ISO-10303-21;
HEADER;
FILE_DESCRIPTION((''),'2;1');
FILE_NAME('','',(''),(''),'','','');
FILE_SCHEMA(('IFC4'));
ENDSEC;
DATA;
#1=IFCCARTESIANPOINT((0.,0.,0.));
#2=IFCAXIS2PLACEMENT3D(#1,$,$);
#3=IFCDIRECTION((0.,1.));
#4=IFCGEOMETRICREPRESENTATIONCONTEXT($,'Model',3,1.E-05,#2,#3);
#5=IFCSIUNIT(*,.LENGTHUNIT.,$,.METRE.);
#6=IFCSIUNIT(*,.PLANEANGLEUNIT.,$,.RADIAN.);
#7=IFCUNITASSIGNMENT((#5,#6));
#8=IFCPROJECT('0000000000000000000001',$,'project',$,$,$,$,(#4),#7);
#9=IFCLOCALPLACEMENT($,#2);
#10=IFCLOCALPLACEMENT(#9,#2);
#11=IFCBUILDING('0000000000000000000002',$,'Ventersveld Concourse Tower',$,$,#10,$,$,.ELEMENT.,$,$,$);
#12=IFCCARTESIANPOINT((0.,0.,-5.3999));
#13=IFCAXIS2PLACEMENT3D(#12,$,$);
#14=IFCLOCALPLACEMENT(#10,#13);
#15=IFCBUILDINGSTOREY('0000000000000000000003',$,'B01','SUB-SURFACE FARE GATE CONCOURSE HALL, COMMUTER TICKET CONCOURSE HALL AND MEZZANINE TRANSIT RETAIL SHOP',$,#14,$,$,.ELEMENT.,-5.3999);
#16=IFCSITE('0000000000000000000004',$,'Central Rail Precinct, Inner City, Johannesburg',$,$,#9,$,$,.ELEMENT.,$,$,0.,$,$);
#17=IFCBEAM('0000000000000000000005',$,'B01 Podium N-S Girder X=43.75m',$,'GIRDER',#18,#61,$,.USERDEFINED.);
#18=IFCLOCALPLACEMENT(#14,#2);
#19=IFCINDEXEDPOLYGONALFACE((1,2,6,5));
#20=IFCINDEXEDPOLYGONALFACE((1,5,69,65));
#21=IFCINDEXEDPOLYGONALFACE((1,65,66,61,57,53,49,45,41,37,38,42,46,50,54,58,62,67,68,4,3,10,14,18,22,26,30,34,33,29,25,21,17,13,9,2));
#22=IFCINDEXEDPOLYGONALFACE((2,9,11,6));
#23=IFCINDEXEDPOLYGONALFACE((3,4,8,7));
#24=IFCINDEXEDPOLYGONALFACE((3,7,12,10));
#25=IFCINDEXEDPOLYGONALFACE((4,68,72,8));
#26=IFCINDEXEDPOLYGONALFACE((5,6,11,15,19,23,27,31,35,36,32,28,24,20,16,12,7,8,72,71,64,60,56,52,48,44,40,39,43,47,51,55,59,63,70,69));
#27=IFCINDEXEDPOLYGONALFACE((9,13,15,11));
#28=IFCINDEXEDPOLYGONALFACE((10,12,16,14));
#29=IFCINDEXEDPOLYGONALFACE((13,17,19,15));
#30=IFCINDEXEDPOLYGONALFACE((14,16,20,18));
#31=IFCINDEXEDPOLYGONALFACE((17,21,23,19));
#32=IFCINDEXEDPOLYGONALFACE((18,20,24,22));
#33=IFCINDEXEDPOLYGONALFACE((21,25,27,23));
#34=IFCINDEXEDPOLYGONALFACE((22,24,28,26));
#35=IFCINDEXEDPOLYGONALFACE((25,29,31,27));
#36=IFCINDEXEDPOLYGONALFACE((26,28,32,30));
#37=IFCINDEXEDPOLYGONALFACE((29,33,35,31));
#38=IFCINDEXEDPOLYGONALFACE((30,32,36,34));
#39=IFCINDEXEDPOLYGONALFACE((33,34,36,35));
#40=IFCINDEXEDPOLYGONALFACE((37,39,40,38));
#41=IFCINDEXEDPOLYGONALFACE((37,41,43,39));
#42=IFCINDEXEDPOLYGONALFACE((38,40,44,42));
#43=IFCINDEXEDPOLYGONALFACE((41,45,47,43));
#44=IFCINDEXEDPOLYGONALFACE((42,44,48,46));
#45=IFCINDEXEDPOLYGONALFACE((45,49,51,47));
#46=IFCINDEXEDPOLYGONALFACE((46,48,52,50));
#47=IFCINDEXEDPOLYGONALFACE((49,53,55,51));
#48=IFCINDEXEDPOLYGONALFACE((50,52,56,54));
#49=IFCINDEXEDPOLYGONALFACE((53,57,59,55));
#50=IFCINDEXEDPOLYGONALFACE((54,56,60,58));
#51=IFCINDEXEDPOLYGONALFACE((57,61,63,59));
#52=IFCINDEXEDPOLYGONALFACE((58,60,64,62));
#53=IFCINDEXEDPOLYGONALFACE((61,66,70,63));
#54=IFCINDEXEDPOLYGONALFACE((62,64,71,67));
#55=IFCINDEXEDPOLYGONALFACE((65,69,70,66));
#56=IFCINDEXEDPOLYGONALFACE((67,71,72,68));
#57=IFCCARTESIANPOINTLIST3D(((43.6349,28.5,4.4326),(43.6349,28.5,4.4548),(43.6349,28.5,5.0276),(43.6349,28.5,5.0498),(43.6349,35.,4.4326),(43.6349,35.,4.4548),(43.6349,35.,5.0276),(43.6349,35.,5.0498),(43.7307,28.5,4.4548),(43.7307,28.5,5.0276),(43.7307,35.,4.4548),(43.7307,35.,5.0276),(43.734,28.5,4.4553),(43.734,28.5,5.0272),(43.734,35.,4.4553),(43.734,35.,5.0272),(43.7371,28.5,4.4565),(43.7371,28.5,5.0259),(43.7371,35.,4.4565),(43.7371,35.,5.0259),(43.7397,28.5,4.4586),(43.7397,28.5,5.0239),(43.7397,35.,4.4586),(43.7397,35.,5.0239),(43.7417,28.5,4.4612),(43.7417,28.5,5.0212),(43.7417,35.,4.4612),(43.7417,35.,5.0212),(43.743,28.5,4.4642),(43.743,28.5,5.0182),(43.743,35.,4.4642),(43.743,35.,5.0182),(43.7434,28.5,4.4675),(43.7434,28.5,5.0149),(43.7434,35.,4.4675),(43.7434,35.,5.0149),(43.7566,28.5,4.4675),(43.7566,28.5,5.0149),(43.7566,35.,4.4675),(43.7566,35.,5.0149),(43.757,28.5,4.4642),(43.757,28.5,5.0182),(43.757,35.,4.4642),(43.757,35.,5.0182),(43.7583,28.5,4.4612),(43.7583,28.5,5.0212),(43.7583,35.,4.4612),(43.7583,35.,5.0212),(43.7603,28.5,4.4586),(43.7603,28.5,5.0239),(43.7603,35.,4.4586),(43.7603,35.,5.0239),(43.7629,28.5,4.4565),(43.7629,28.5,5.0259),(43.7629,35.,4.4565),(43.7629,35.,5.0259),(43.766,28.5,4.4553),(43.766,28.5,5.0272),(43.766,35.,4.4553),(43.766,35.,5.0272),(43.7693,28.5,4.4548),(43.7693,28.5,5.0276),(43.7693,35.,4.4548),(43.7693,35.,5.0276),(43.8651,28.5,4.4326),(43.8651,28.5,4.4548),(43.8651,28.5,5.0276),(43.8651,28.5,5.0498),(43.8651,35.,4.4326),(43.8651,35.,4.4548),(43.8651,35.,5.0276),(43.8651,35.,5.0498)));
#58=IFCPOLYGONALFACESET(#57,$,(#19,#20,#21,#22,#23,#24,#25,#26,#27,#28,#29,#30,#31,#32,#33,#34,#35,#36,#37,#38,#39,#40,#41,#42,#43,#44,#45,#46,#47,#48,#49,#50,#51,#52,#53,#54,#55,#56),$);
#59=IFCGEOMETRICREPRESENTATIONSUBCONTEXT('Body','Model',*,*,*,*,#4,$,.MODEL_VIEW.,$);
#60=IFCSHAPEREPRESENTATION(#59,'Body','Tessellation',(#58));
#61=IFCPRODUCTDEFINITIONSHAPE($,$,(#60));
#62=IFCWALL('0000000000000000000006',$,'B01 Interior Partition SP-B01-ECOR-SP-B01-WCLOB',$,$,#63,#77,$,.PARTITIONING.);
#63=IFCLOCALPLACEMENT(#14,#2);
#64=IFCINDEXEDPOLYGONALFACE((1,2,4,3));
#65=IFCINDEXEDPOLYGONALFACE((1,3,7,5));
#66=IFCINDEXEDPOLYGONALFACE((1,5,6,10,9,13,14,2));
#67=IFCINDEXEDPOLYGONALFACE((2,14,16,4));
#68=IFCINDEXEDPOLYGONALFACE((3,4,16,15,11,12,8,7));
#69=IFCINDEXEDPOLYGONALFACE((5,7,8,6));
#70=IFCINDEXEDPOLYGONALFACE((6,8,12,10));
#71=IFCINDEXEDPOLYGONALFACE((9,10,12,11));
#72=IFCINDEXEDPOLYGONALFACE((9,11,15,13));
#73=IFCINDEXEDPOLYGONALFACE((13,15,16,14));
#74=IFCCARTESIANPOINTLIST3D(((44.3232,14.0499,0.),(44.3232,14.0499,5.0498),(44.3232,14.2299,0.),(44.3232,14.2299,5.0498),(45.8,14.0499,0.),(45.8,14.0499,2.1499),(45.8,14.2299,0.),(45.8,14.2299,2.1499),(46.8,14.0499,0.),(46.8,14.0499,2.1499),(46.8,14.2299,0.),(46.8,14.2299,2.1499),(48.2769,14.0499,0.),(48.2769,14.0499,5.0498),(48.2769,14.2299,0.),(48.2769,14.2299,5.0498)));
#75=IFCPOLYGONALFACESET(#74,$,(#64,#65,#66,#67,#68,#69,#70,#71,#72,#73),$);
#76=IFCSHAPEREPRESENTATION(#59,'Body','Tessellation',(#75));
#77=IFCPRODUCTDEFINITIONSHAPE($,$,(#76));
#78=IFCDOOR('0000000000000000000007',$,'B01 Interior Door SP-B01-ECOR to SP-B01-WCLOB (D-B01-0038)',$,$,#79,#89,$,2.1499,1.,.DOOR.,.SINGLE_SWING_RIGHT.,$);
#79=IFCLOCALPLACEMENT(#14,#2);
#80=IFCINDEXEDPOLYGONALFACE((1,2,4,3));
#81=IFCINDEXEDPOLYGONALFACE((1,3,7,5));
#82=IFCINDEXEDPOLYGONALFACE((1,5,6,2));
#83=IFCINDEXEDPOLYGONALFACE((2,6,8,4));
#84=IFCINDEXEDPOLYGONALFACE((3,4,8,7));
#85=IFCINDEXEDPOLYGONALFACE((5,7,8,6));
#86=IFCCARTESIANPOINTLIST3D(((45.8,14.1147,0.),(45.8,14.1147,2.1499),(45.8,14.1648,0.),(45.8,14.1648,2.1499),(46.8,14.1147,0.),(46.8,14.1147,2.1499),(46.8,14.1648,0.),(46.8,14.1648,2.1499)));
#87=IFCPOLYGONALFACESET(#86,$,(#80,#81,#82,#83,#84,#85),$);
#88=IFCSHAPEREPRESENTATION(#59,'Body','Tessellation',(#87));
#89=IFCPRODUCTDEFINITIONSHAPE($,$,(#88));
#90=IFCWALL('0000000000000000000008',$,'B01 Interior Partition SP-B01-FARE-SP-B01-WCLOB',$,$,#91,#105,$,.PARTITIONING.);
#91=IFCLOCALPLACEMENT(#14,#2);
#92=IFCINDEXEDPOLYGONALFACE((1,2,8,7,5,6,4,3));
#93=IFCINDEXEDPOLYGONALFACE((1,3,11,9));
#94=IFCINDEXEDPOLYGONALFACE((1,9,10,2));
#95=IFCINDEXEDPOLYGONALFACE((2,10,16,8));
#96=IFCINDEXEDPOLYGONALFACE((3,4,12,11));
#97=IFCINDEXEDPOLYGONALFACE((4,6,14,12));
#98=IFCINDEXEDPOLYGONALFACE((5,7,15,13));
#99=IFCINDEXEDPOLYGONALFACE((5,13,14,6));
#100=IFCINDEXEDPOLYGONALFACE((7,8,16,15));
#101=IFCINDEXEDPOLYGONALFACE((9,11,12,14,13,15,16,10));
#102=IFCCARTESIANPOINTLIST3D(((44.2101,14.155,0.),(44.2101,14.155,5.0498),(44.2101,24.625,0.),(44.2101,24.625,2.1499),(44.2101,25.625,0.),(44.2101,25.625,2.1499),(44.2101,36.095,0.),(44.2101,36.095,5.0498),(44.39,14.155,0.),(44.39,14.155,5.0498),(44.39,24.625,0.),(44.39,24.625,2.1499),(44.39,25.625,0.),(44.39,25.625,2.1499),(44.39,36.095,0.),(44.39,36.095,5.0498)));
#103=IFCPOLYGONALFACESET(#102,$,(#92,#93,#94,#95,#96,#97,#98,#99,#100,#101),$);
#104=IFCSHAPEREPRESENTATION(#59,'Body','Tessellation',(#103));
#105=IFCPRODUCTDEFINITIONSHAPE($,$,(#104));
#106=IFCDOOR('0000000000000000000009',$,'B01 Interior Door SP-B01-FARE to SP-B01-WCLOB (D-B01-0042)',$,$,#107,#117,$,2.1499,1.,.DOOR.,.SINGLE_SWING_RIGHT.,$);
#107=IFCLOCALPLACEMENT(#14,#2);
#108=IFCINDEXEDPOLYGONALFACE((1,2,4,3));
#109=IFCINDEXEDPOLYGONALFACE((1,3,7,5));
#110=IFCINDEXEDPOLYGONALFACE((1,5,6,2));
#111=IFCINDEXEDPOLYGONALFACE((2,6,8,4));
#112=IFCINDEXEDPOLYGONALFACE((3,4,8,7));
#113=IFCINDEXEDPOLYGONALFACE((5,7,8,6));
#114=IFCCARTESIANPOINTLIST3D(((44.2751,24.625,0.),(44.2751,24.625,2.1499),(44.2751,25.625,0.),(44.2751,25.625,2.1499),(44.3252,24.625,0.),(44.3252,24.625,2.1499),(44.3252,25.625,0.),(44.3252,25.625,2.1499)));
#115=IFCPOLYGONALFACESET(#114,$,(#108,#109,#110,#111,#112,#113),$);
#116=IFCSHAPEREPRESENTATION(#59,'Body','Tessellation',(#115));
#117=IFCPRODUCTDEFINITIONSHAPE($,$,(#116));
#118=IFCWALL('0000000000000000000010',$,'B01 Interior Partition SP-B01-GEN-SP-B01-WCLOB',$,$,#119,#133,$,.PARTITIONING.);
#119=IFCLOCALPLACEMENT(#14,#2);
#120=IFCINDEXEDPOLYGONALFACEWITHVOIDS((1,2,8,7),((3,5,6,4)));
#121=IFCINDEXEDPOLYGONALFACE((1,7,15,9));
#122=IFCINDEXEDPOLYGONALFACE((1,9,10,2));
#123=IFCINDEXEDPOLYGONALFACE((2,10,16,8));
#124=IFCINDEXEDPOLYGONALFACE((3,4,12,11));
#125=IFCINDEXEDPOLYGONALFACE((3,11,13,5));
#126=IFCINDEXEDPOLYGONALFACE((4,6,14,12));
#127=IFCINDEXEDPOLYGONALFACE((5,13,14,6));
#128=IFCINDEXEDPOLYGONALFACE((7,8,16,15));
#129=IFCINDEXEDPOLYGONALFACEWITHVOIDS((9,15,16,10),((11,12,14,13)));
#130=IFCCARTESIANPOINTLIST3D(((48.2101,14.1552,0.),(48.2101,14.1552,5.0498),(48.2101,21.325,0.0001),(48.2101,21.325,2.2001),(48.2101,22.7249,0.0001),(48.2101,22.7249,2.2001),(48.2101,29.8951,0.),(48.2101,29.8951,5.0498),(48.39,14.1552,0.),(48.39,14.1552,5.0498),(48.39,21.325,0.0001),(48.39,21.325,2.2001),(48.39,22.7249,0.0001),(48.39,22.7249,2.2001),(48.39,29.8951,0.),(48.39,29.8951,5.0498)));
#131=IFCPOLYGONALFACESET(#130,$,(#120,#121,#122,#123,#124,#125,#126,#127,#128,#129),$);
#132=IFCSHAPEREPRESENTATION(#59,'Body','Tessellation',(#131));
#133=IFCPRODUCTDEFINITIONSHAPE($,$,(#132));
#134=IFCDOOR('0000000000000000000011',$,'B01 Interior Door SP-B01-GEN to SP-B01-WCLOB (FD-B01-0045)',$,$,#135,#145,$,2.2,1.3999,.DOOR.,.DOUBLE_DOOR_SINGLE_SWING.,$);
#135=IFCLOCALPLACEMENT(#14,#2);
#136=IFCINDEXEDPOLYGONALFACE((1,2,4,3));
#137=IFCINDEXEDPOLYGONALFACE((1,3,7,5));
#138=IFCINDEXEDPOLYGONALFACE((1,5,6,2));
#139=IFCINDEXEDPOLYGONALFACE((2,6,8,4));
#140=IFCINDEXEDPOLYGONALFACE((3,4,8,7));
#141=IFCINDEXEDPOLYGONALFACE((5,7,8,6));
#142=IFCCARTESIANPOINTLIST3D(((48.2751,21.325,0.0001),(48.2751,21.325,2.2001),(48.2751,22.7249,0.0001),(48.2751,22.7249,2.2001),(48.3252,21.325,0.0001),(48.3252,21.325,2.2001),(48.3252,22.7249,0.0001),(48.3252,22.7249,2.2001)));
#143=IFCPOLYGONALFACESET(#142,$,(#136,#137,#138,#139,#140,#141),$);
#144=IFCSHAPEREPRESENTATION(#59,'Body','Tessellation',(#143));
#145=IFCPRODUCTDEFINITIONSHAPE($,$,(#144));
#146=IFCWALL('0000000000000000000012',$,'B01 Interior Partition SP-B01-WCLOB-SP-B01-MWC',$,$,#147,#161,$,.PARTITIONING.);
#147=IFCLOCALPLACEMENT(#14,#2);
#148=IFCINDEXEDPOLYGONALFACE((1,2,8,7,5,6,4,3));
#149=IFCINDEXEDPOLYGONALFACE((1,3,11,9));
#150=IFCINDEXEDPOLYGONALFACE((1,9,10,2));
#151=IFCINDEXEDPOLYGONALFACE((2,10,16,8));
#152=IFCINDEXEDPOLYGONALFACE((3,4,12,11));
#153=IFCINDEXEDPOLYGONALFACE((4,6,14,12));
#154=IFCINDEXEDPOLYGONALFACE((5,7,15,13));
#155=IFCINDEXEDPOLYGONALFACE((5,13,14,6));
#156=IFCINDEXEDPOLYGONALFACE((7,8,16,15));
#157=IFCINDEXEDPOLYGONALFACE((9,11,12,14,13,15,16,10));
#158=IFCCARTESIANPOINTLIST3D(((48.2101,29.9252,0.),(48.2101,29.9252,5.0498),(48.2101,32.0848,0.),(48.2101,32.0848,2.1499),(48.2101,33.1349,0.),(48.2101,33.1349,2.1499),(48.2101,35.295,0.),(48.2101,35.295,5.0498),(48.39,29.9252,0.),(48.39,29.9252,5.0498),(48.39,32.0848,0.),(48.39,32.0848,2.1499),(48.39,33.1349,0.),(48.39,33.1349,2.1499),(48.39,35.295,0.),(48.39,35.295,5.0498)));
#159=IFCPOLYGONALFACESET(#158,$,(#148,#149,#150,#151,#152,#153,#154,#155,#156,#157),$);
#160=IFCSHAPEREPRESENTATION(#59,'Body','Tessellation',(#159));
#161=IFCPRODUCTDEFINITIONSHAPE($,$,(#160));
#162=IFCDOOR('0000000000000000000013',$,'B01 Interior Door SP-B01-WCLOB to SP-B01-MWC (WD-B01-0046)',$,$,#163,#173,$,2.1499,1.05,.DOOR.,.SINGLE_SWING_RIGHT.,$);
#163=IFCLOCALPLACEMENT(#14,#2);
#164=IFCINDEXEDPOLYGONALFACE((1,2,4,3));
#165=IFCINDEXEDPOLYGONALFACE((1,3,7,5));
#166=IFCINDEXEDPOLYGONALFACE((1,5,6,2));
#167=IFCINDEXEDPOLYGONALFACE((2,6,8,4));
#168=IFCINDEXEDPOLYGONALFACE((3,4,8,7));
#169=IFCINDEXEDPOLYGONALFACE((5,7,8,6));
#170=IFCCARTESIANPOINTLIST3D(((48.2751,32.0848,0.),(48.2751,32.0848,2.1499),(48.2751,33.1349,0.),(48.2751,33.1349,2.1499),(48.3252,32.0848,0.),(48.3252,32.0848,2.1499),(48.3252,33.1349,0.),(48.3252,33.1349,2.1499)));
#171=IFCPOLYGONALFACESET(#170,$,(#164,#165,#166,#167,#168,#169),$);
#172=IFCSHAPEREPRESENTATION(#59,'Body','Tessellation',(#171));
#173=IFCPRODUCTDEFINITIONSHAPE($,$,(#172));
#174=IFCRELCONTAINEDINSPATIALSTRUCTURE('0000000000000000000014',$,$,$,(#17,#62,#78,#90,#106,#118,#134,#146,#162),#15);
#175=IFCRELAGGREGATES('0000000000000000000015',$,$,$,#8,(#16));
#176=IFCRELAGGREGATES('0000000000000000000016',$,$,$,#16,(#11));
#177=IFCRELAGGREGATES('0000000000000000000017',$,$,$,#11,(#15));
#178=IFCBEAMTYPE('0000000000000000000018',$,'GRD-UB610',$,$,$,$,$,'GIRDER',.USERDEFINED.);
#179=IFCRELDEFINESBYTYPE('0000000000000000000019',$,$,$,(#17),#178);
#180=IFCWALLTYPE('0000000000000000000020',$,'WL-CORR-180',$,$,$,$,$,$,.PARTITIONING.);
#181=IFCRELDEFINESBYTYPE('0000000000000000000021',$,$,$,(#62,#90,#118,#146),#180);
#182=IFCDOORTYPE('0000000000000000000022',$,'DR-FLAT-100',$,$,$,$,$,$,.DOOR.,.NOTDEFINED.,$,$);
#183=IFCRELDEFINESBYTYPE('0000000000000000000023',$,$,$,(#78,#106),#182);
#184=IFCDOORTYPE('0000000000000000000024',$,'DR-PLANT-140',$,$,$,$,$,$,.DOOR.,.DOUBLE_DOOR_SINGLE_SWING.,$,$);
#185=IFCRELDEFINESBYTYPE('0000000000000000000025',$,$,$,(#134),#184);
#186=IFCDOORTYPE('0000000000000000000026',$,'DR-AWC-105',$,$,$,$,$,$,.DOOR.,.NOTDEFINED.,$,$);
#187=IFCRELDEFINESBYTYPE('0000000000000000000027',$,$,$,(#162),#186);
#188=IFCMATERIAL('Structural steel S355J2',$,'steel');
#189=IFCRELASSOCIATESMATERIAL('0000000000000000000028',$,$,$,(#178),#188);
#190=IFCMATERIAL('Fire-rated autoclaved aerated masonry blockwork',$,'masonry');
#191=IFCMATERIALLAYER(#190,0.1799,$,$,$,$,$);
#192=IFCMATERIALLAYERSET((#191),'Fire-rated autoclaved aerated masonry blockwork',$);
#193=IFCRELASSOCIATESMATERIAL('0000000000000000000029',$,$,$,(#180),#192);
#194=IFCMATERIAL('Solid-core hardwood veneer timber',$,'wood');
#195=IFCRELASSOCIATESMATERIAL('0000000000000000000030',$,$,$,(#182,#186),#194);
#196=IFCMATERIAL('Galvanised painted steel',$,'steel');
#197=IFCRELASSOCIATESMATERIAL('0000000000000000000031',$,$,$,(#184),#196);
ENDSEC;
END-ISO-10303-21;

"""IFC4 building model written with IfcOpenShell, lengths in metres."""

from ifc_helpers import new_model, si_unit, direction, frame, frame_2d, origin, origin_2d, place, context, subcontext, project, spatial, rectangle, i_section, extrude, material, layer, layer_set, material_profile, profile_set, type_object, element, fill, save


model = new_model("IFC4")

# Units and contexts
model_context = context("Model", 3, precision=1e-05, world=origin(), true_north=direction((0.0, 1.0)))
body_context = subcontext(model_context, "Body", "Model", "MODEL_VIEW")
ifc_project = project(units=[si_unit("LENGTHUNIT", "METRE"), si_unit("PLANEANGLEUNIT", "RADIAN")], contexts=[model_context])

# Site, building, storey
site_placement = place(None, origin())
site = spatial("IfcSite", under=ifc_project, at=site_placement, Name="Central Rail Precinct, Inner City, Johannesburg", CompositionType="ELEMENT", RefElevation=0.0)
building_placement = place(site_placement, origin())
building = spatial("IfcBuilding", under=site, at=building_placement, Name="Ventersveld Concourse Tower", CompositionType="ELEMENT")
storey_placement = place(building_placement, frame((0.0, 0.0, -5.3999)))
storey = spatial("IfcBuildingStorey", under=building, at=storey_placement, Name="B01", Description="SUB-SURFACE FARE GATE CONCOURSE HALL, COMMUTER TICKET CONCOURSE HALL AND MEZZANINE TRANSIT RETAIL SHOP", CompositionType="ELEMENT", Elevation=-5.3999)

# Beam
ifc_material_1 = material(Name="Structural steel S355J2", Category="steel")
ifc_material_profile_1 = material_profile(ifc_material_1, i_section(OverallWidth=0.2302, OverallDepth=0.6172, WebThickness=0.0132, FlangeThickness=0.0222, FilletRadius=0.0127, at=origin_2d()), Name="UB 610x229x140")
ifc_profile_set_1 = profile_set([ifc_material_profile_1], Name="Structural steel S355J2")
beam_type_1 = type_object("IfcBeamType", Name="GRD-UB610", ElementType="GIRDER", PredefinedType="USERDEFINED", material=ifc_profile_set_1)
beam_1_placement = place(storey_placement, frame((43.75, 28.5, 4.7412), z_axis=(0.0, 1.0, 0.0), x_axis=(-1.0, 0.0, 0.0)))
element("IfcBeam", 1, at=beam_1_placement, inside=storey, type_object=beam_type_1, Name="B01 Podium N-S Girder X=43.75m", ObjectType="GIRDER", PredefinedType="USERDEFINED", context=body_context, shape_type="SweptSolid", body=[
    extrude(i_section(OverallWidth=0.2302, OverallDepth=0.6172, WebThickness=0.0132, FlangeThickness=0.0222, FilletRadius=0.0127, at=origin_2d()), origin(), (0.0, 0.0, 1.0), 6.5),
])

# Walls, openings, doors
ifc_material_2 = material(Name="Fire-rated autoclaved aerated masonry blockwork", Category="masonry")
ifc_layer = layer(ifc_material_2, 0.1799)
ifc_layer_set = layer_set([ifc_layer], Name="Fire-rated autoclaved aerated masonry blockwork")
wall_type = type_object("IfcWallType", Name="WL-CORR-180", PredefinedType="PARTITIONING", material=ifc_layer_set)
wall_1_placement = place(storey_placement, frame((44.3232, 14.1399, 0.0), z_axis=(0.0, 0.0, 1.0), x_axis=(1.0, 0.0, 0.0)))
wall_1 = element("IfcWall", 2, at=wall_1_placement, inside=storey, type_object=wall_type, Name="B01 Interior Partition SP-B01-ECOR-SP-B01-WCLOB", PredefinedType="PARTITIONING", context=body_context, shape_type="SweptSolid", body=[
    extrude(rectangle(XDim=3.9536, YDim=0.1799, at=frame_2d((1.9768, 0.0))), origin(), (0.0, 0.0, 1.0), 5.0498),
])
opening_1_placement = place(wall_1_placement, frame((1.4768, 0.0, 0.0)))
opening_1 = element("IfcOpeningElement", 3, at=opening_1_placement, cuts=wall_1, PredefinedType="OPENING", context=body_context, shape_type="SweptSolid", body=[
    extrude(rectangle(XDim=1.0, YDim=2.1499, at=frame_2d((0.5, 1.075))), frame((0.0, 0.1001, 0.0), z_axis=(0.0, -1.0, 0.0), x_axis=(1.0, 0.0, 0.0)), (0.0, 0.0, 1.0), 0.2),
])
ifc_material_3 = material(Name="Solid-core hardwood veneer timber", Category="wood")
door_type_1 = type_object("IfcDoorType", Name="DR-FLAT-100", OperationType="NOTDEFINED", PredefinedType="DOOR", material=ifc_material_3)
door_1_placement = place(opening_1_placement, origin())
door_1 = element("IfcDoor", 4, at=door_1_placement, inside=storey, type_object=door_type_1, Name="B01 Interior Door SP-B01-ECOR to SP-B01-WCLOB (D-B01-0038)", OperationType="SINGLE_SWING_RIGHT", OverallHeight=2.1499, OverallWidth=1.0, PredefinedType="DOOR", context=body_context, shape_type="SweptSolid", body=[
    extrude(rectangle(XDim=1.0, YDim=2.1499, at=frame_2d((0.5, 1.075))), frame((0.0, 0.0249, 0.0), z_axis=(0.0, -1.0, 0.0), x_axis=(1.0, 0.0, 0.0)), (0.0, 0.0, 1.0), 0.05),
])
fill(opening_1, door_1)
wall_2_placement = place(storey_placement, frame((44.3, 14.155, 0.0), z_axis=(0.0, 0.0, 1.0), x_axis=(0.0, 1.0, 0.0)))
wall_2 = element("IfcWall", 5, at=wall_2_placement, inside=storey, type_object=wall_type, Name="B01 Interior Partition SP-B01-FARE-SP-B01-WCLOB", PredefinedType="PARTITIONING", context=body_context, shape_type="SweptSolid", body=[
    extrude(rectangle(XDim=21.9399, YDim=0.1799, at=frame_2d((10.97, 0.0))), origin(), (0.0, 0.0, 1.0), 5.0498),
])
opening_2_placement = place(wall_2_placement, frame((10.47, 0.0, 0.0)))
opening_2 = element("IfcOpeningElement", 6, at=opening_2_placement, cuts=wall_2, PredefinedType="OPENING", context=body_context, shape_type="SweptSolid", body=[
    extrude(rectangle(XDim=1.0, YDim=2.1499, at=frame_2d((0.5, 1.075))), frame((0.0, 0.1001, 0.0), z_axis=(0.0, -1.0, 0.0), x_axis=(1.0, 0.0, 0.0)), (0.0, 0.0, 1.0), 0.2),
])
door_2_placement = place(opening_2_placement, origin())
door_2 = element("IfcDoor", 7, at=door_2_placement, inside=storey, type_object=door_type_1, Name="B01 Interior Door SP-B01-FARE to SP-B01-WCLOB (D-B01-0042)", OperationType="SINGLE_SWING_RIGHT", OverallHeight=2.1499, OverallWidth=1.0, PredefinedType="DOOR", context=body_context, shape_type="SweptSolid", body=[
    extrude(rectangle(XDim=1.0, YDim=2.1499, at=frame_2d((0.5, 1.075))), frame((0.0, 0.0249, 0.0), z_axis=(0.0, -1.0, 0.0), x_axis=(1.0, 0.0, 0.0)), (0.0, 0.0, 1.0), 0.05),
])
fill(opening_2, door_2)
wall_3_placement = place(storey_placement, frame((48.3, 14.155, 0.0), z_axis=(0.0, 0.0, 1.0), x_axis=(0.0, 1.0, 0.0)))
wall_3 = element("IfcWall", 8, at=wall_3_placement, inside=storey, type_object=wall_type, Name="B01 Interior Partition SP-B01-GEN-SP-B01-WCLOB", PredefinedType="PARTITIONING", context=body_context, shape_type="SweptSolid", body=[
    extrude(rectangle(XDim=15.74, YDim=0.1799, at=frame_2d((7.8701, 0.0))), origin(), (0.0, 0.0, 1.0), 5.0498),
])
opening_3_placement = place(wall_3_placement, frame((7.1699, 0.0, 0.0)))
opening_3 = element("IfcOpeningElement", 9, at=opening_3_placement, cuts=wall_3, PredefinedType="OPENING", context=body_context, shape_type="SweptSolid", body=[
    extrude(rectangle(XDim=1.3999, YDim=2.2, at=frame_2d((0.7, 1.1001))), frame((0.0, 0.1001, 0.0), z_axis=(0.0, -1.0, 0.0), x_axis=(1.0, 0.0, 0.0)), (0.0, 0.0, 1.0), 0.2),
])
ifc_material_4 = material(Name="Galvanised painted steel", Category="steel")
door_type_2 = type_object("IfcDoorType", Name="DR-PLANT-140", OperationType="DOUBLE_DOOR_SINGLE_SWING", PredefinedType="DOOR", material=ifc_material_4)
door_3_placement = place(opening_3_placement, origin())
door_3 = element("IfcDoor", 10, at=door_3_placement, inside=storey, type_object=door_type_2, Name="B01 Interior Door SP-B01-GEN to SP-B01-WCLOB (FD-B01-0045)", OperationType="DOUBLE_DOOR_SINGLE_SWING", OverallHeight=2.2, OverallWidth=1.3999, PredefinedType="DOOR", context=body_context, shape_type="SweptSolid", body=[
    extrude(rectangle(XDim=1.3999, YDim=2.2, at=frame_2d((0.7, 1.1001))), frame((0.0, 0.0249, 0.0), z_axis=(0.0, -1.0, 0.0), x_axis=(1.0, 0.0, 0.0)), (0.0, 0.0, 1.0), 0.05),
])
fill(opening_3, door_3)
wall_4_placement = place(storey_placement, frame((48.3, 29.925, 0.0), z_axis=(0.0, 0.0, 1.0), x_axis=(0.0, 1.0, 0.0)))
wall_4 = element("IfcWall", 11, at=wall_4_placement, inside=storey, type_object=wall_type, Name="B01 Interior Partition SP-B01-WCLOB-SP-B01-MWC", PredefinedType="PARTITIONING", context=body_context, shape_type="SweptSolid", body=[
    extrude(rectangle(XDim=5.3699, YDim=0.1799, at=frame_2d((2.6851, 0.0))), origin(), (0.0, 0.0, 1.0), 5.0498),
])
opening_4_placement = place(wall_4_placement, frame((2.1599, 0.0, 0.0)))
opening_4 = element("IfcOpeningElement", 12, at=opening_4_placement, cuts=wall_4, PredefinedType="OPENING", context=body_context, shape_type="SweptSolid", body=[
    extrude(rectangle(XDim=1.05, YDim=2.1499, at=frame_2d((0.5249, 1.075))), frame((0.0, 0.1001, 0.0), z_axis=(0.0, -1.0, 0.0), x_axis=(1.0, 0.0, 0.0)), (0.0, 0.0, 1.0), 0.2),
])
door_type_3 = type_object("IfcDoorType", Name="DR-AWC-105", OperationType="NOTDEFINED", PredefinedType="DOOR", material=ifc_material_3)
door_4_placement = place(opening_4_placement, origin())
door_4 = element("IfcDoor", 13, at=door_4_placement, inside=storey, type_object=door_type_3, Name="B01 Interior Door SP-B01-WCLOB to SP-B01-MWC (WD-B01-0046)", OperationType="SINGLE_SWING_RIGHT", OverallHeight=2.1499, OverallWidth=1.05, PredefinedType="DOOR", context=body_context, shape_type="SweptSolid", body=[
    extrude(rectangle(XDim=1.05, YDim=2.1499, at=frame_2d((0.5249, 1.075))), frame((0.0, 0.0249, 0.0), z_axis=(0.0, -1.0, 0.0), x_axis=(1.0, 0.0, 0.0)), (0.0, 0.0, 1.0), 0.05),
])
fill(opening_4, door_4)

save(model, "model.ifc")
